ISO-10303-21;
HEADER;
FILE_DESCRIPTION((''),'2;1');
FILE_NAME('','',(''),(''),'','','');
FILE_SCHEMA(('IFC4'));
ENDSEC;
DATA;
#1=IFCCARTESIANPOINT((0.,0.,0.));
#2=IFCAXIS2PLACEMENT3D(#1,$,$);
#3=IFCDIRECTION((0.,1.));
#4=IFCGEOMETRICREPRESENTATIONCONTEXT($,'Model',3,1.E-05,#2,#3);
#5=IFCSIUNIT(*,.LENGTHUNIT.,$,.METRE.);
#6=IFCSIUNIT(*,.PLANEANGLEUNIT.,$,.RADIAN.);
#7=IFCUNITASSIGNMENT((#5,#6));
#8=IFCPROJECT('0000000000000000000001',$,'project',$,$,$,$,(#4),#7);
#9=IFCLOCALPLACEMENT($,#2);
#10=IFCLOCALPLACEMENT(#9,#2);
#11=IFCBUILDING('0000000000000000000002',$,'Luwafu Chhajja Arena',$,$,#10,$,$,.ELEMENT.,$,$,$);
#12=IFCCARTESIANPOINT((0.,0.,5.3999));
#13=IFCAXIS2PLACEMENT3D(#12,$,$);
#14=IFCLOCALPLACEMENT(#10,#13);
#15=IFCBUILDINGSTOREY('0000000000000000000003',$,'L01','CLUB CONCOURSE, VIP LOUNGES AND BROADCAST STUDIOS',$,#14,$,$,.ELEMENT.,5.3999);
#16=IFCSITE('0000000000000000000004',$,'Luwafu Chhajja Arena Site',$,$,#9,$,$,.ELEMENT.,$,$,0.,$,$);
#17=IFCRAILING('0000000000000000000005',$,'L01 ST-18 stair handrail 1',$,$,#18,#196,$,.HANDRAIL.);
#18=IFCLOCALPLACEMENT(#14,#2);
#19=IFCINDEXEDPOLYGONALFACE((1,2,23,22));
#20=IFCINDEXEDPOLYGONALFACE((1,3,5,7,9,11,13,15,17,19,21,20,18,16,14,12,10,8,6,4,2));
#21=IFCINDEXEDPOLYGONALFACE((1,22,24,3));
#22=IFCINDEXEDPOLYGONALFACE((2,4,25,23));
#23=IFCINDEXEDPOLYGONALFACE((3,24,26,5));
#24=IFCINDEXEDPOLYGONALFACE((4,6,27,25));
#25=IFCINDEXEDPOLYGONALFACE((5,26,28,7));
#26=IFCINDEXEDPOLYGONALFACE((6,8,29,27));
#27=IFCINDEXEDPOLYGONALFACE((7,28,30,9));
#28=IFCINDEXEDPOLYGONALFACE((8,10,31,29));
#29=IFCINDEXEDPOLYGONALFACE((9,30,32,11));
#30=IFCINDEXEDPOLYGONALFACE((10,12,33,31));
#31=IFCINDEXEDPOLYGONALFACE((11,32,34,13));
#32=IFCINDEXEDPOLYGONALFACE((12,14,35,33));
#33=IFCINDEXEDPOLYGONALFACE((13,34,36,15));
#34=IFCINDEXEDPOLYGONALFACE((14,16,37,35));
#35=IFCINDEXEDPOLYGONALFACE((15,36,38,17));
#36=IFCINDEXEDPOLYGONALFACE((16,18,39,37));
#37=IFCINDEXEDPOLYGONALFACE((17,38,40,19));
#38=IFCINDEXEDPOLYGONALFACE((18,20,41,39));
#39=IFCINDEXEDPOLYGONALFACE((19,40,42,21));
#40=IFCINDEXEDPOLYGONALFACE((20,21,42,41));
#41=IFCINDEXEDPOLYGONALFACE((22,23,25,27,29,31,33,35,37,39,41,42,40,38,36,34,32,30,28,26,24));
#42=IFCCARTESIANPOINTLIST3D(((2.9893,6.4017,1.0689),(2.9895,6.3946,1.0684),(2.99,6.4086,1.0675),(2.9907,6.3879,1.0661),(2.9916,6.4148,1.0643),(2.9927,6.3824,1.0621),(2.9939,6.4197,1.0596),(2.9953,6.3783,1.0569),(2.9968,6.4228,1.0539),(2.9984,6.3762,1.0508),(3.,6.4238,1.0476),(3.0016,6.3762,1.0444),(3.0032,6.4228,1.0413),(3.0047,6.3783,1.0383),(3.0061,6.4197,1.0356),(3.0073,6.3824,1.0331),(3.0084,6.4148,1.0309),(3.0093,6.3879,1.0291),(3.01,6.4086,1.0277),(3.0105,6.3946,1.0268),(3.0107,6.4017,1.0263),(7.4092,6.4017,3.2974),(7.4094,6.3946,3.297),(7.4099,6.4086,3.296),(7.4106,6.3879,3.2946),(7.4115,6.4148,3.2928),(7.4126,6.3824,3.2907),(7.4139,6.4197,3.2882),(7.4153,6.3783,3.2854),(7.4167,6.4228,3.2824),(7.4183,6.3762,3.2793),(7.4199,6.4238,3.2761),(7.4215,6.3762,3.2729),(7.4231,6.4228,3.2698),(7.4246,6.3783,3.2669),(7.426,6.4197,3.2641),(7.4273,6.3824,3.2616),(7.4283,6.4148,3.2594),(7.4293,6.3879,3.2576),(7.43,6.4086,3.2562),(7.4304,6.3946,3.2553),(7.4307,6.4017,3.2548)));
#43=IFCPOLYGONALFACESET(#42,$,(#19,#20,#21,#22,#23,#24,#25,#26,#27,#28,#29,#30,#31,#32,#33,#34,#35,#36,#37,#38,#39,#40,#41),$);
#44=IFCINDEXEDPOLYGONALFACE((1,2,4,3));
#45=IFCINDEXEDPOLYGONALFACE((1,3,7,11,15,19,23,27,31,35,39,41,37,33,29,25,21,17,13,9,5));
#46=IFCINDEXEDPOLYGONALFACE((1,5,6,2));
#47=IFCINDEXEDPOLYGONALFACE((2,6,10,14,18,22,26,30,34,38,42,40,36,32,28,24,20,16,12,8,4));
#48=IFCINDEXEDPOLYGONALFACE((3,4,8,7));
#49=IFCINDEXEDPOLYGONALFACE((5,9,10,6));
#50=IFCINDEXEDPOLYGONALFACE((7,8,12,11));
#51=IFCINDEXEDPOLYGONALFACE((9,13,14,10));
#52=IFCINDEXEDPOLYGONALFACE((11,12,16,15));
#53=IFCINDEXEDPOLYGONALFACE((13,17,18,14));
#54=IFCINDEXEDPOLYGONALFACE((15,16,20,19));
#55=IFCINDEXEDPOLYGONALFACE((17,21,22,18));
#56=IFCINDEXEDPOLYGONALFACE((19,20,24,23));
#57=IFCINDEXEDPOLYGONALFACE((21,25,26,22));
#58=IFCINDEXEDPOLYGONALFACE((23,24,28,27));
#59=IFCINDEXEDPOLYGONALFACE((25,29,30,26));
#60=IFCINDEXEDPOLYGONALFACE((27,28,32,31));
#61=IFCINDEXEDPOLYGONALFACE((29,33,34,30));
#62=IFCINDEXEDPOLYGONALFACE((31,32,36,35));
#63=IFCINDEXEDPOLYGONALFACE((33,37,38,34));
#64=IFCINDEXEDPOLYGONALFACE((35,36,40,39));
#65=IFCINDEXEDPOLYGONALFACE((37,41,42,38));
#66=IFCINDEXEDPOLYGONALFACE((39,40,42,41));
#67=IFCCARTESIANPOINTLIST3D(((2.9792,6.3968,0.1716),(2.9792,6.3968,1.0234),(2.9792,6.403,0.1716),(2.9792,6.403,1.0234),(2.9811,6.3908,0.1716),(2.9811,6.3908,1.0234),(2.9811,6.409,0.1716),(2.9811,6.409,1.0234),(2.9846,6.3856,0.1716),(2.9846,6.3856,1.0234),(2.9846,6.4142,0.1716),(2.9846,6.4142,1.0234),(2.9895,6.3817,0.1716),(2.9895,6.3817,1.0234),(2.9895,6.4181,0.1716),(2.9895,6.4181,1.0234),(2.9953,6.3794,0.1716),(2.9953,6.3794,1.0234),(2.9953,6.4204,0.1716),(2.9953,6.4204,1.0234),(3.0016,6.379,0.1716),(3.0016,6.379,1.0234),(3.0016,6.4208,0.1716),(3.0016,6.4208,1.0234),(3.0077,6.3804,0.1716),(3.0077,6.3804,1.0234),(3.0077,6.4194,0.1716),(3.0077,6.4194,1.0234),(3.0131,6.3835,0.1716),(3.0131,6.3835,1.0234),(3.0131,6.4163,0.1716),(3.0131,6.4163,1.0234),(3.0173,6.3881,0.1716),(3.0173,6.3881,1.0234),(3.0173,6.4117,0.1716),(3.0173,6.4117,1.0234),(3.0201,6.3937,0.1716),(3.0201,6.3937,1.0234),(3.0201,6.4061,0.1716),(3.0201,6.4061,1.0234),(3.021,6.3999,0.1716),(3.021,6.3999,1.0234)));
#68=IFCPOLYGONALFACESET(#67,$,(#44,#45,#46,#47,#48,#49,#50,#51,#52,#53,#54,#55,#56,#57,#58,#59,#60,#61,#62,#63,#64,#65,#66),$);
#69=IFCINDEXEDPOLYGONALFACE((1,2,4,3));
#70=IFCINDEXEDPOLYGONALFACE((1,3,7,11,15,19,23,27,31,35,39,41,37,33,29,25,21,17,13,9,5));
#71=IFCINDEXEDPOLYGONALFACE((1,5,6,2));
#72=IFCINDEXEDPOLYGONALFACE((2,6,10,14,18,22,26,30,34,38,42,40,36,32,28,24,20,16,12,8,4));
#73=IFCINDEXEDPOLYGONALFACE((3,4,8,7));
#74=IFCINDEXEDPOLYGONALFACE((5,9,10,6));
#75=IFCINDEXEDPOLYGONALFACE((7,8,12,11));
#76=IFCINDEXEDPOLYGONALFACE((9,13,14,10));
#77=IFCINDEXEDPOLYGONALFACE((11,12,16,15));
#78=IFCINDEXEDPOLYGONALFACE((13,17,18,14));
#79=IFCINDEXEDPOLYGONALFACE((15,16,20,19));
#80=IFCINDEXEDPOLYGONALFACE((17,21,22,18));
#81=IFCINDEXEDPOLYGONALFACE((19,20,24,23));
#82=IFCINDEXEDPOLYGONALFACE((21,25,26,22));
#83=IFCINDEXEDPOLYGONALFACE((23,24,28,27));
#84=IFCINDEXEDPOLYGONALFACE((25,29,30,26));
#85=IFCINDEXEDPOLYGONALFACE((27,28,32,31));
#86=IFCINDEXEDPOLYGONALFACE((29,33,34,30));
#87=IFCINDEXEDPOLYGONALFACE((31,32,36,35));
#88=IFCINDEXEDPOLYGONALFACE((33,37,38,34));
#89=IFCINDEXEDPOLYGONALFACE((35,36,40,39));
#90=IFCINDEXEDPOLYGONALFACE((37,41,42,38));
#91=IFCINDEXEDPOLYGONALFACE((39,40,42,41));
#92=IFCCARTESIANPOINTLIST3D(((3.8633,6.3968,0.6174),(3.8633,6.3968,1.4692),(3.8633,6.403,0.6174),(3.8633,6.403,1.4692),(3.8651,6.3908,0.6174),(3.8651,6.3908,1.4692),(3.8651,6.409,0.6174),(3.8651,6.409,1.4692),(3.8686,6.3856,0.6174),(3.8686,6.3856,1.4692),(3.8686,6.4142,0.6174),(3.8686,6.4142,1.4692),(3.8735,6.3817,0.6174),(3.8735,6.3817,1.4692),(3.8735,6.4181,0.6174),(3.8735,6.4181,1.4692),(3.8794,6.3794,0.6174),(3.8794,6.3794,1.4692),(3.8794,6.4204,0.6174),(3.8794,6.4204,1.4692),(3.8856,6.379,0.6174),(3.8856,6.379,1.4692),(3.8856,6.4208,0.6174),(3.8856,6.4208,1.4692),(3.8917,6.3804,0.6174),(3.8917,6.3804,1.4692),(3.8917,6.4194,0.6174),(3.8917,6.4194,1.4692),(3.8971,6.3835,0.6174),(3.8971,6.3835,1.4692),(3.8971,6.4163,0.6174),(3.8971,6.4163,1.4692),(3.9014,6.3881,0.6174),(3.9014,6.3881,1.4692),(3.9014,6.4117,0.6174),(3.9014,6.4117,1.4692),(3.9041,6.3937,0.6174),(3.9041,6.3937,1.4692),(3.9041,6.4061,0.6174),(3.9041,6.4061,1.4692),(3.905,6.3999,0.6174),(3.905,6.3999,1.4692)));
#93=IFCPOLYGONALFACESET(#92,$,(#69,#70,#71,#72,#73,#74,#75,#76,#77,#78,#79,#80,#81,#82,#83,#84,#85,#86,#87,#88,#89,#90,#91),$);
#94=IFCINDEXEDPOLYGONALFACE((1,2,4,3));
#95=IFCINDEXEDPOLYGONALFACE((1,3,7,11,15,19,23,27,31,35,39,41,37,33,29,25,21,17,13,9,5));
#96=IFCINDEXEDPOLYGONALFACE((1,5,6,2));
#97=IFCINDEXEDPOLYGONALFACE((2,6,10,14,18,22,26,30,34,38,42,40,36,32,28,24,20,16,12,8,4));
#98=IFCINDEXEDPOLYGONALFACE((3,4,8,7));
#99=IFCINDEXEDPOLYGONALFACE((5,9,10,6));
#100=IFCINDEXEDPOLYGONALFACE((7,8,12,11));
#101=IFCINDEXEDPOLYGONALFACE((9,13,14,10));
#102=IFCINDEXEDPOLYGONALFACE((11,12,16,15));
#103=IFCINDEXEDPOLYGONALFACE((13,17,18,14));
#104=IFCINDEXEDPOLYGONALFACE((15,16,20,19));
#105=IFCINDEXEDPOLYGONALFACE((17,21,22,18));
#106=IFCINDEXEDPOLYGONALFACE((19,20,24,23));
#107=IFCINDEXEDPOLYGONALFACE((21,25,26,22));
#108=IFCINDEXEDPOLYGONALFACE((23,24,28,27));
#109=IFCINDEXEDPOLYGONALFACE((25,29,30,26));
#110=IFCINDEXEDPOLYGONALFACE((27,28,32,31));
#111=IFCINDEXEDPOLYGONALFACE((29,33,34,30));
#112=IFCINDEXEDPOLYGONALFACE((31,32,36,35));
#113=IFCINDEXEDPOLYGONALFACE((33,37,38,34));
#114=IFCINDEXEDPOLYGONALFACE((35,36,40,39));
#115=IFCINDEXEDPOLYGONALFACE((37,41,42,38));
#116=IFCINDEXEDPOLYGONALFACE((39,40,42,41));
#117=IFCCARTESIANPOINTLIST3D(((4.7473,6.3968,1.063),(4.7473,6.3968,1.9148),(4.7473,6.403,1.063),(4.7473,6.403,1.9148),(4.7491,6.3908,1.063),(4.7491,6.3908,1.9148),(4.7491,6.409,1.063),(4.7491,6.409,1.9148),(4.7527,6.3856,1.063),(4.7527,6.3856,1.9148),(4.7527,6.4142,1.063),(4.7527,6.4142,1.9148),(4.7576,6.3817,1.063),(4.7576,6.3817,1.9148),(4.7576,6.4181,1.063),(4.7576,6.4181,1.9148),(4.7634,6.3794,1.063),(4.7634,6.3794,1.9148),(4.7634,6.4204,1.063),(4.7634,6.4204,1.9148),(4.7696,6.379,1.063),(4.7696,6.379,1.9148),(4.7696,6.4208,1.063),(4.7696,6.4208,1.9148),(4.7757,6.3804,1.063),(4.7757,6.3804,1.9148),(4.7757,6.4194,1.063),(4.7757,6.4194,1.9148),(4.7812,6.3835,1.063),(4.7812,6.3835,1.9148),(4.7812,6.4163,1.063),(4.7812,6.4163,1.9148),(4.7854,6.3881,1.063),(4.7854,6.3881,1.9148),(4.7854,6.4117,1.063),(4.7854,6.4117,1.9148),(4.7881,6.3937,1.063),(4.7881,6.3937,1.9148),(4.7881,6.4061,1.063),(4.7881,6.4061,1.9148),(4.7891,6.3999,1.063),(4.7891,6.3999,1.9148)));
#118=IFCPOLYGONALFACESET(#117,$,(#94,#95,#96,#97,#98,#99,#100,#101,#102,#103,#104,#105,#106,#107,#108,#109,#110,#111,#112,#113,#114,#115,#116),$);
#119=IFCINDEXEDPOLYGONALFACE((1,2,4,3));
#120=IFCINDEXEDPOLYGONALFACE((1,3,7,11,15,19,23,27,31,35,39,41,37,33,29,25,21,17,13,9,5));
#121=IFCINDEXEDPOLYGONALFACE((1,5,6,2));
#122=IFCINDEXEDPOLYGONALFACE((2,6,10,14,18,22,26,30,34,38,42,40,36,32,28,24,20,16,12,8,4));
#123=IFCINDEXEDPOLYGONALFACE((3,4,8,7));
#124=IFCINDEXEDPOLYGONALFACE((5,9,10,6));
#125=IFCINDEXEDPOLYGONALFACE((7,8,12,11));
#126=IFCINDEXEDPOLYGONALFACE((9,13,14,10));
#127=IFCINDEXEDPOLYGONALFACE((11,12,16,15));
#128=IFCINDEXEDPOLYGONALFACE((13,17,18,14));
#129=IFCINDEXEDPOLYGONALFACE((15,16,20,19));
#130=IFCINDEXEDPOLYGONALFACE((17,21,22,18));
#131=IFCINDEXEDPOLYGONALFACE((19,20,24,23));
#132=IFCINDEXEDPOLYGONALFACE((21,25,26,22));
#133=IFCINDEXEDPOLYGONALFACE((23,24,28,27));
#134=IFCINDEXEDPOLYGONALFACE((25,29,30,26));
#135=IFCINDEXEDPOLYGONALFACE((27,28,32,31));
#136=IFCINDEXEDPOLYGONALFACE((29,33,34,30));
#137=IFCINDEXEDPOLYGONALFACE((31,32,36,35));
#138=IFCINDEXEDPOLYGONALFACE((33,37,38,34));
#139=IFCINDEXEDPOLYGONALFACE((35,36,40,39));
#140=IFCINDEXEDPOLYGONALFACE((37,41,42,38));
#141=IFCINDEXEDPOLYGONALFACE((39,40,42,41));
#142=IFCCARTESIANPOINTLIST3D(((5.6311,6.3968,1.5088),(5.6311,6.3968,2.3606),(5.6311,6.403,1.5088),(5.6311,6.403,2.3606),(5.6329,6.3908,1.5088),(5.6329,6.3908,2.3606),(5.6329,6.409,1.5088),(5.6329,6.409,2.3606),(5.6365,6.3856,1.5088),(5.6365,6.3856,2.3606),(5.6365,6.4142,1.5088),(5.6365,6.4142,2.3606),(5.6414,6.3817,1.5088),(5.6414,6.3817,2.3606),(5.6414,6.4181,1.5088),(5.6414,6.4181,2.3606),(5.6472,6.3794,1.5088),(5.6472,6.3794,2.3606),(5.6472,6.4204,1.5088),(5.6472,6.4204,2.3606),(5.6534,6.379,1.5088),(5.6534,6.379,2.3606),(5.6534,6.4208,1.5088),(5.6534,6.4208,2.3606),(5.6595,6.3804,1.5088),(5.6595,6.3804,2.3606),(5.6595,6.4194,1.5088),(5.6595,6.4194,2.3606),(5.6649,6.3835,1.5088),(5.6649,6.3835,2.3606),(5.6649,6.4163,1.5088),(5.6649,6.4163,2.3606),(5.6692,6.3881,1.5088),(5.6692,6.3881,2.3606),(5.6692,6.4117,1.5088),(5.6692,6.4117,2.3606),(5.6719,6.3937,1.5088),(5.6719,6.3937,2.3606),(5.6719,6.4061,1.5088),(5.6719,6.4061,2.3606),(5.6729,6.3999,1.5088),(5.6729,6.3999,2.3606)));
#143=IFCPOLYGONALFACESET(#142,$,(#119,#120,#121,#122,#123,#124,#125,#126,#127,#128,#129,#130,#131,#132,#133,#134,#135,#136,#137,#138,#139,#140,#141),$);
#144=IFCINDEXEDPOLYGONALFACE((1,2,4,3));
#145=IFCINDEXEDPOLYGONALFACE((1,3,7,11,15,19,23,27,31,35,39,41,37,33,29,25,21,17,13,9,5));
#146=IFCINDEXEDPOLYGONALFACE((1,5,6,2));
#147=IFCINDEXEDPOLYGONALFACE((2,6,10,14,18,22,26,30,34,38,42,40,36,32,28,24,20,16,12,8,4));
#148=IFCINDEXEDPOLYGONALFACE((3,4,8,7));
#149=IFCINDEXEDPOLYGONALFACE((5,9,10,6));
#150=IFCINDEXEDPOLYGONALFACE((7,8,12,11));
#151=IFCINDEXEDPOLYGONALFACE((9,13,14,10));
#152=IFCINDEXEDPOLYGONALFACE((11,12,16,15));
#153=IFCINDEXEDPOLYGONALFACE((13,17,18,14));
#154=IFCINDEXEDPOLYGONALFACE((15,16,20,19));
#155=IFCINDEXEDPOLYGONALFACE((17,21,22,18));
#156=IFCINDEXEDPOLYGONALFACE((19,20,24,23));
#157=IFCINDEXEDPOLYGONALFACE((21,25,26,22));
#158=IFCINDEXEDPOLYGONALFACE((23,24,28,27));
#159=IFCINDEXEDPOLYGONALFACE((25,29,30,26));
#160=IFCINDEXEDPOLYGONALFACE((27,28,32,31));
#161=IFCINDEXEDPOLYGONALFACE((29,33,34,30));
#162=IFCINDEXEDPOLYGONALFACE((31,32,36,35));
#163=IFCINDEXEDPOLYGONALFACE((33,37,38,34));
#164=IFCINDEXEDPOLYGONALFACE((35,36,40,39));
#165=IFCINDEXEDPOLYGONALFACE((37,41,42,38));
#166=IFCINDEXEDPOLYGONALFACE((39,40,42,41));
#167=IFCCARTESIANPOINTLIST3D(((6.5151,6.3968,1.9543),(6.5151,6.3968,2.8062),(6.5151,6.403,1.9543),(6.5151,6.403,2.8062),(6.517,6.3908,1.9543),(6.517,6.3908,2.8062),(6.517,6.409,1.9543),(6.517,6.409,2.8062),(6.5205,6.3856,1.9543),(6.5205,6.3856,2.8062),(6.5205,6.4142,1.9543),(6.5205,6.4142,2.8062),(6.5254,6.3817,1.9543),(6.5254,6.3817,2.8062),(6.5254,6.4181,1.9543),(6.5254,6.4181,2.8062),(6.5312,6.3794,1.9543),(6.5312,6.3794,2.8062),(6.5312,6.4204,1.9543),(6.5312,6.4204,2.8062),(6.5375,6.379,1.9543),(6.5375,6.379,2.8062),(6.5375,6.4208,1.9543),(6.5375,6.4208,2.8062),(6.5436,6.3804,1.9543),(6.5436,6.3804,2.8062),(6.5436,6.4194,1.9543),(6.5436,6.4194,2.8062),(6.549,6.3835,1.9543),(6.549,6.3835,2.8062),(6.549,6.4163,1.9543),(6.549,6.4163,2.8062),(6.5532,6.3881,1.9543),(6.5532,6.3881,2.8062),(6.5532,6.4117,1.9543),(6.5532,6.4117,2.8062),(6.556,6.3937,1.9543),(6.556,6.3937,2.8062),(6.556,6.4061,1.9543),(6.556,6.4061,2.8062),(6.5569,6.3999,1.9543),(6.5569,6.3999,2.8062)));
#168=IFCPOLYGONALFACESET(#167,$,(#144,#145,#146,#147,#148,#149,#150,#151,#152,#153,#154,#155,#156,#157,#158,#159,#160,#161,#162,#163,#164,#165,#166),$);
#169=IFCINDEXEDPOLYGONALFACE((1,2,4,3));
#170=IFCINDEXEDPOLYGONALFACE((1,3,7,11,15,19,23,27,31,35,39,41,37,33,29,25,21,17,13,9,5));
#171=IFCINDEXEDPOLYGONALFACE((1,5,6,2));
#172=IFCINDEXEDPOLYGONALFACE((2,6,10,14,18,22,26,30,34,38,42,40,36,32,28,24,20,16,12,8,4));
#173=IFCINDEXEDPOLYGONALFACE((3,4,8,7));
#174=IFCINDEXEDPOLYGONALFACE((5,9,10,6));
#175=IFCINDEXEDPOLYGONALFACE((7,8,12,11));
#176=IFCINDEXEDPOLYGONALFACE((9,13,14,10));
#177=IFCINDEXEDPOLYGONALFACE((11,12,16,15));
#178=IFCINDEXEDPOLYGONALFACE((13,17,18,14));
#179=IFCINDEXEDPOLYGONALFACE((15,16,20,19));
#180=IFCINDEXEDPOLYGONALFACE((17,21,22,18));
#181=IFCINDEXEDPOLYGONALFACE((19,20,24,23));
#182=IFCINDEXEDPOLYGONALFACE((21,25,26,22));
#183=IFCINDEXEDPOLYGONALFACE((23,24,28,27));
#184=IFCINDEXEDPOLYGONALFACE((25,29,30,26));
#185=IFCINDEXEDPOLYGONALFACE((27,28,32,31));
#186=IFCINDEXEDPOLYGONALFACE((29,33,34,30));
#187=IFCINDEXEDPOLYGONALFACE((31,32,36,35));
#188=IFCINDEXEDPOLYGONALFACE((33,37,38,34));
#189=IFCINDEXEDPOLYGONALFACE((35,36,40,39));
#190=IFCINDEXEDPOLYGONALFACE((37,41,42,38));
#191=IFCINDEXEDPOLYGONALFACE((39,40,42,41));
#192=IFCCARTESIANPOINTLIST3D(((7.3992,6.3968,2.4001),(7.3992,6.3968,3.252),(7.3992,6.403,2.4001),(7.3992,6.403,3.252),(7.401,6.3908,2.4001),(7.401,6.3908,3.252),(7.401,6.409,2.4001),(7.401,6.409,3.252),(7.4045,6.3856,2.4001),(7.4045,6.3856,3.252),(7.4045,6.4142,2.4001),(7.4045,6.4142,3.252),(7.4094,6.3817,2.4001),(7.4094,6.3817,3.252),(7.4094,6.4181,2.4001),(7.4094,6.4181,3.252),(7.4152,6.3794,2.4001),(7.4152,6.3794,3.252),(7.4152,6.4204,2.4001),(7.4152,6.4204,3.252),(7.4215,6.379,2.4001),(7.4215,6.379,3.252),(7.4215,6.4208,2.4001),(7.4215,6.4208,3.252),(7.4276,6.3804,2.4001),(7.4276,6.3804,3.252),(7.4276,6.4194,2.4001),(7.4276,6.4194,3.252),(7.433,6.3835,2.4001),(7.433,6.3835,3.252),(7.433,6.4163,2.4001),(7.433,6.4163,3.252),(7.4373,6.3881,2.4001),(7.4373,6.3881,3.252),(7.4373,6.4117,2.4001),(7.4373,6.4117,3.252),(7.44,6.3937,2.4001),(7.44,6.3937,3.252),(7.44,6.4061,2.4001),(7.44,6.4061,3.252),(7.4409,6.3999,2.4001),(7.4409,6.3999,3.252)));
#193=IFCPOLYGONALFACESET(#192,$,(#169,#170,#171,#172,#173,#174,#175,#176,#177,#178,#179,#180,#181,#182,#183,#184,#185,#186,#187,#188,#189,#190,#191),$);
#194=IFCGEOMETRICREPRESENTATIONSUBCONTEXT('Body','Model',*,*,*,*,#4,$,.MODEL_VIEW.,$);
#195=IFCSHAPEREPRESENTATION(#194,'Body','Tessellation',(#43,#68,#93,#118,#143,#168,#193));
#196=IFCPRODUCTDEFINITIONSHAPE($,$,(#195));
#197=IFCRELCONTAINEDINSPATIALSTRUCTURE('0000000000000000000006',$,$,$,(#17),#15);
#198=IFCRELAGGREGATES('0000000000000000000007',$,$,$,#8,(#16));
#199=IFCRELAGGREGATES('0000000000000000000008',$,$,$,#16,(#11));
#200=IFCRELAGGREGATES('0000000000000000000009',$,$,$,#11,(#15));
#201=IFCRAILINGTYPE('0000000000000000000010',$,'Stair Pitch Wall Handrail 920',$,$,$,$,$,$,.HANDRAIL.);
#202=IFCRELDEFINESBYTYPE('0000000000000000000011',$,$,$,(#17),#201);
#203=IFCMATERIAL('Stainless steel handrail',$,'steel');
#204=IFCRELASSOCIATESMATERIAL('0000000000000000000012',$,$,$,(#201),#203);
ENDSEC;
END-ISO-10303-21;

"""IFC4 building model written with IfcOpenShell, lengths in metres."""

from ifc_helpers import new_model, si_unit, direction, frame, origin, origin_2d, place, context, subcontext, project, spatial, circle, extrude, material, type_object, element, save


model = new_model("IFC4")

# Units and contexts
model_context = context("Model", 3, precision=1e-05, world=origin(), true_north=direction((0.0, 1.0)))
body_context = subcontext(model_context, "Body", "Model", "MODEL_VIEW")
ifc_project = project(units=[si_unit("LENGTHUNIT", "METRE"), si_unit("PLANEANGLEUNIT", "RADIAN")], contexts=[model_context])

# Site, building, storey
site_placement = place(None, origin())
site = spatial("IfcSite", under=ifc_project, at=site_placement, Name="Luwafu Chhajja Arena Site", CompositionType="ELEMENT", RefElevation=0.0)
building_placement = place(site_placement, origin())
building = spatial("IfcBuilding", under=site, at=building_placement, Name="Luwafu Chhajja Arena", CompositionType="ELEMENT")
storey_placement = place(building_placement, frame((0.0, 0.0, 5.3999)))
storey = spatial("IfcBuildingStorey", under=building, at=storey_placement, Name="L01", Description="CLUB CONCOURSE, VIP LOUNGES AND BROADCAST STUDIOS", CompositionType="ELEMENT", Elevation=5.3999)

# Railing
ifc_material_1 = material(Name="Stainless steel handrail", Category="steel")
railing_type_1 = type_object("IfcRailingType", Name="Stair Pitch Wall Handrail 920", PredefinedType="HANDRAIL", material=ifc_material_1)
railing_1_placement = place(storey_placement, frame((3.0, 6.3999, 0.1716)))
element("IfcRailing", 1, at=railing_1_placement, inside=storey, type_object=railing_type_1, Name="L01 ST-18 stair handrail 1", PredefinedType="HANDRAIL", context=body_context, shape_type="SweptSolid", body=[
    extrude(circle(Radius=0.0239, at=origin_2d()), frame((0.0, 0.0, 0.876), z_axis=(0.892923, 0.0, 0.45021), x_axis=(0.0, 1.0, 0.0)), (0.0, 0.0, 1.0), 4.95),
    extrude(circle(Radius=0.021, at=origin_2d()), origin(), (0.0, 0.0, 1.0), 0.8518),
    extrude(circle(Radius=0.021, at=origin_2d()), frame((0.884, 0.0, 0.4458)), (0.0, 0.0, 1.0), 0.8518),
    extrude(circle(Radius=0.021, at=origin_2d()), frame((1.7681, 0.0, 0.8914)), (0.0, 0.0, 1.0), 0.8518),
    extrude(circle(Radius=0.021, at=origin_2d()), frame((2.6519, 0.0, 1.3372)), (0.0, 0.0, 1.0), 0.8518),
    extrude(circle(Radius=0.021, at=origin_2d()), frame((3.5359, 0.0, 1.7827)), (0.0, 0.0, 1.0), 0.8518),
    extrude(circle(Radius=0.021, at=origin_2d()), frame((4.4199, 0.0, 2.2285)), (0.0, 0.0, 1.0), 0.8518),
])

save(model, "model.ifc")
